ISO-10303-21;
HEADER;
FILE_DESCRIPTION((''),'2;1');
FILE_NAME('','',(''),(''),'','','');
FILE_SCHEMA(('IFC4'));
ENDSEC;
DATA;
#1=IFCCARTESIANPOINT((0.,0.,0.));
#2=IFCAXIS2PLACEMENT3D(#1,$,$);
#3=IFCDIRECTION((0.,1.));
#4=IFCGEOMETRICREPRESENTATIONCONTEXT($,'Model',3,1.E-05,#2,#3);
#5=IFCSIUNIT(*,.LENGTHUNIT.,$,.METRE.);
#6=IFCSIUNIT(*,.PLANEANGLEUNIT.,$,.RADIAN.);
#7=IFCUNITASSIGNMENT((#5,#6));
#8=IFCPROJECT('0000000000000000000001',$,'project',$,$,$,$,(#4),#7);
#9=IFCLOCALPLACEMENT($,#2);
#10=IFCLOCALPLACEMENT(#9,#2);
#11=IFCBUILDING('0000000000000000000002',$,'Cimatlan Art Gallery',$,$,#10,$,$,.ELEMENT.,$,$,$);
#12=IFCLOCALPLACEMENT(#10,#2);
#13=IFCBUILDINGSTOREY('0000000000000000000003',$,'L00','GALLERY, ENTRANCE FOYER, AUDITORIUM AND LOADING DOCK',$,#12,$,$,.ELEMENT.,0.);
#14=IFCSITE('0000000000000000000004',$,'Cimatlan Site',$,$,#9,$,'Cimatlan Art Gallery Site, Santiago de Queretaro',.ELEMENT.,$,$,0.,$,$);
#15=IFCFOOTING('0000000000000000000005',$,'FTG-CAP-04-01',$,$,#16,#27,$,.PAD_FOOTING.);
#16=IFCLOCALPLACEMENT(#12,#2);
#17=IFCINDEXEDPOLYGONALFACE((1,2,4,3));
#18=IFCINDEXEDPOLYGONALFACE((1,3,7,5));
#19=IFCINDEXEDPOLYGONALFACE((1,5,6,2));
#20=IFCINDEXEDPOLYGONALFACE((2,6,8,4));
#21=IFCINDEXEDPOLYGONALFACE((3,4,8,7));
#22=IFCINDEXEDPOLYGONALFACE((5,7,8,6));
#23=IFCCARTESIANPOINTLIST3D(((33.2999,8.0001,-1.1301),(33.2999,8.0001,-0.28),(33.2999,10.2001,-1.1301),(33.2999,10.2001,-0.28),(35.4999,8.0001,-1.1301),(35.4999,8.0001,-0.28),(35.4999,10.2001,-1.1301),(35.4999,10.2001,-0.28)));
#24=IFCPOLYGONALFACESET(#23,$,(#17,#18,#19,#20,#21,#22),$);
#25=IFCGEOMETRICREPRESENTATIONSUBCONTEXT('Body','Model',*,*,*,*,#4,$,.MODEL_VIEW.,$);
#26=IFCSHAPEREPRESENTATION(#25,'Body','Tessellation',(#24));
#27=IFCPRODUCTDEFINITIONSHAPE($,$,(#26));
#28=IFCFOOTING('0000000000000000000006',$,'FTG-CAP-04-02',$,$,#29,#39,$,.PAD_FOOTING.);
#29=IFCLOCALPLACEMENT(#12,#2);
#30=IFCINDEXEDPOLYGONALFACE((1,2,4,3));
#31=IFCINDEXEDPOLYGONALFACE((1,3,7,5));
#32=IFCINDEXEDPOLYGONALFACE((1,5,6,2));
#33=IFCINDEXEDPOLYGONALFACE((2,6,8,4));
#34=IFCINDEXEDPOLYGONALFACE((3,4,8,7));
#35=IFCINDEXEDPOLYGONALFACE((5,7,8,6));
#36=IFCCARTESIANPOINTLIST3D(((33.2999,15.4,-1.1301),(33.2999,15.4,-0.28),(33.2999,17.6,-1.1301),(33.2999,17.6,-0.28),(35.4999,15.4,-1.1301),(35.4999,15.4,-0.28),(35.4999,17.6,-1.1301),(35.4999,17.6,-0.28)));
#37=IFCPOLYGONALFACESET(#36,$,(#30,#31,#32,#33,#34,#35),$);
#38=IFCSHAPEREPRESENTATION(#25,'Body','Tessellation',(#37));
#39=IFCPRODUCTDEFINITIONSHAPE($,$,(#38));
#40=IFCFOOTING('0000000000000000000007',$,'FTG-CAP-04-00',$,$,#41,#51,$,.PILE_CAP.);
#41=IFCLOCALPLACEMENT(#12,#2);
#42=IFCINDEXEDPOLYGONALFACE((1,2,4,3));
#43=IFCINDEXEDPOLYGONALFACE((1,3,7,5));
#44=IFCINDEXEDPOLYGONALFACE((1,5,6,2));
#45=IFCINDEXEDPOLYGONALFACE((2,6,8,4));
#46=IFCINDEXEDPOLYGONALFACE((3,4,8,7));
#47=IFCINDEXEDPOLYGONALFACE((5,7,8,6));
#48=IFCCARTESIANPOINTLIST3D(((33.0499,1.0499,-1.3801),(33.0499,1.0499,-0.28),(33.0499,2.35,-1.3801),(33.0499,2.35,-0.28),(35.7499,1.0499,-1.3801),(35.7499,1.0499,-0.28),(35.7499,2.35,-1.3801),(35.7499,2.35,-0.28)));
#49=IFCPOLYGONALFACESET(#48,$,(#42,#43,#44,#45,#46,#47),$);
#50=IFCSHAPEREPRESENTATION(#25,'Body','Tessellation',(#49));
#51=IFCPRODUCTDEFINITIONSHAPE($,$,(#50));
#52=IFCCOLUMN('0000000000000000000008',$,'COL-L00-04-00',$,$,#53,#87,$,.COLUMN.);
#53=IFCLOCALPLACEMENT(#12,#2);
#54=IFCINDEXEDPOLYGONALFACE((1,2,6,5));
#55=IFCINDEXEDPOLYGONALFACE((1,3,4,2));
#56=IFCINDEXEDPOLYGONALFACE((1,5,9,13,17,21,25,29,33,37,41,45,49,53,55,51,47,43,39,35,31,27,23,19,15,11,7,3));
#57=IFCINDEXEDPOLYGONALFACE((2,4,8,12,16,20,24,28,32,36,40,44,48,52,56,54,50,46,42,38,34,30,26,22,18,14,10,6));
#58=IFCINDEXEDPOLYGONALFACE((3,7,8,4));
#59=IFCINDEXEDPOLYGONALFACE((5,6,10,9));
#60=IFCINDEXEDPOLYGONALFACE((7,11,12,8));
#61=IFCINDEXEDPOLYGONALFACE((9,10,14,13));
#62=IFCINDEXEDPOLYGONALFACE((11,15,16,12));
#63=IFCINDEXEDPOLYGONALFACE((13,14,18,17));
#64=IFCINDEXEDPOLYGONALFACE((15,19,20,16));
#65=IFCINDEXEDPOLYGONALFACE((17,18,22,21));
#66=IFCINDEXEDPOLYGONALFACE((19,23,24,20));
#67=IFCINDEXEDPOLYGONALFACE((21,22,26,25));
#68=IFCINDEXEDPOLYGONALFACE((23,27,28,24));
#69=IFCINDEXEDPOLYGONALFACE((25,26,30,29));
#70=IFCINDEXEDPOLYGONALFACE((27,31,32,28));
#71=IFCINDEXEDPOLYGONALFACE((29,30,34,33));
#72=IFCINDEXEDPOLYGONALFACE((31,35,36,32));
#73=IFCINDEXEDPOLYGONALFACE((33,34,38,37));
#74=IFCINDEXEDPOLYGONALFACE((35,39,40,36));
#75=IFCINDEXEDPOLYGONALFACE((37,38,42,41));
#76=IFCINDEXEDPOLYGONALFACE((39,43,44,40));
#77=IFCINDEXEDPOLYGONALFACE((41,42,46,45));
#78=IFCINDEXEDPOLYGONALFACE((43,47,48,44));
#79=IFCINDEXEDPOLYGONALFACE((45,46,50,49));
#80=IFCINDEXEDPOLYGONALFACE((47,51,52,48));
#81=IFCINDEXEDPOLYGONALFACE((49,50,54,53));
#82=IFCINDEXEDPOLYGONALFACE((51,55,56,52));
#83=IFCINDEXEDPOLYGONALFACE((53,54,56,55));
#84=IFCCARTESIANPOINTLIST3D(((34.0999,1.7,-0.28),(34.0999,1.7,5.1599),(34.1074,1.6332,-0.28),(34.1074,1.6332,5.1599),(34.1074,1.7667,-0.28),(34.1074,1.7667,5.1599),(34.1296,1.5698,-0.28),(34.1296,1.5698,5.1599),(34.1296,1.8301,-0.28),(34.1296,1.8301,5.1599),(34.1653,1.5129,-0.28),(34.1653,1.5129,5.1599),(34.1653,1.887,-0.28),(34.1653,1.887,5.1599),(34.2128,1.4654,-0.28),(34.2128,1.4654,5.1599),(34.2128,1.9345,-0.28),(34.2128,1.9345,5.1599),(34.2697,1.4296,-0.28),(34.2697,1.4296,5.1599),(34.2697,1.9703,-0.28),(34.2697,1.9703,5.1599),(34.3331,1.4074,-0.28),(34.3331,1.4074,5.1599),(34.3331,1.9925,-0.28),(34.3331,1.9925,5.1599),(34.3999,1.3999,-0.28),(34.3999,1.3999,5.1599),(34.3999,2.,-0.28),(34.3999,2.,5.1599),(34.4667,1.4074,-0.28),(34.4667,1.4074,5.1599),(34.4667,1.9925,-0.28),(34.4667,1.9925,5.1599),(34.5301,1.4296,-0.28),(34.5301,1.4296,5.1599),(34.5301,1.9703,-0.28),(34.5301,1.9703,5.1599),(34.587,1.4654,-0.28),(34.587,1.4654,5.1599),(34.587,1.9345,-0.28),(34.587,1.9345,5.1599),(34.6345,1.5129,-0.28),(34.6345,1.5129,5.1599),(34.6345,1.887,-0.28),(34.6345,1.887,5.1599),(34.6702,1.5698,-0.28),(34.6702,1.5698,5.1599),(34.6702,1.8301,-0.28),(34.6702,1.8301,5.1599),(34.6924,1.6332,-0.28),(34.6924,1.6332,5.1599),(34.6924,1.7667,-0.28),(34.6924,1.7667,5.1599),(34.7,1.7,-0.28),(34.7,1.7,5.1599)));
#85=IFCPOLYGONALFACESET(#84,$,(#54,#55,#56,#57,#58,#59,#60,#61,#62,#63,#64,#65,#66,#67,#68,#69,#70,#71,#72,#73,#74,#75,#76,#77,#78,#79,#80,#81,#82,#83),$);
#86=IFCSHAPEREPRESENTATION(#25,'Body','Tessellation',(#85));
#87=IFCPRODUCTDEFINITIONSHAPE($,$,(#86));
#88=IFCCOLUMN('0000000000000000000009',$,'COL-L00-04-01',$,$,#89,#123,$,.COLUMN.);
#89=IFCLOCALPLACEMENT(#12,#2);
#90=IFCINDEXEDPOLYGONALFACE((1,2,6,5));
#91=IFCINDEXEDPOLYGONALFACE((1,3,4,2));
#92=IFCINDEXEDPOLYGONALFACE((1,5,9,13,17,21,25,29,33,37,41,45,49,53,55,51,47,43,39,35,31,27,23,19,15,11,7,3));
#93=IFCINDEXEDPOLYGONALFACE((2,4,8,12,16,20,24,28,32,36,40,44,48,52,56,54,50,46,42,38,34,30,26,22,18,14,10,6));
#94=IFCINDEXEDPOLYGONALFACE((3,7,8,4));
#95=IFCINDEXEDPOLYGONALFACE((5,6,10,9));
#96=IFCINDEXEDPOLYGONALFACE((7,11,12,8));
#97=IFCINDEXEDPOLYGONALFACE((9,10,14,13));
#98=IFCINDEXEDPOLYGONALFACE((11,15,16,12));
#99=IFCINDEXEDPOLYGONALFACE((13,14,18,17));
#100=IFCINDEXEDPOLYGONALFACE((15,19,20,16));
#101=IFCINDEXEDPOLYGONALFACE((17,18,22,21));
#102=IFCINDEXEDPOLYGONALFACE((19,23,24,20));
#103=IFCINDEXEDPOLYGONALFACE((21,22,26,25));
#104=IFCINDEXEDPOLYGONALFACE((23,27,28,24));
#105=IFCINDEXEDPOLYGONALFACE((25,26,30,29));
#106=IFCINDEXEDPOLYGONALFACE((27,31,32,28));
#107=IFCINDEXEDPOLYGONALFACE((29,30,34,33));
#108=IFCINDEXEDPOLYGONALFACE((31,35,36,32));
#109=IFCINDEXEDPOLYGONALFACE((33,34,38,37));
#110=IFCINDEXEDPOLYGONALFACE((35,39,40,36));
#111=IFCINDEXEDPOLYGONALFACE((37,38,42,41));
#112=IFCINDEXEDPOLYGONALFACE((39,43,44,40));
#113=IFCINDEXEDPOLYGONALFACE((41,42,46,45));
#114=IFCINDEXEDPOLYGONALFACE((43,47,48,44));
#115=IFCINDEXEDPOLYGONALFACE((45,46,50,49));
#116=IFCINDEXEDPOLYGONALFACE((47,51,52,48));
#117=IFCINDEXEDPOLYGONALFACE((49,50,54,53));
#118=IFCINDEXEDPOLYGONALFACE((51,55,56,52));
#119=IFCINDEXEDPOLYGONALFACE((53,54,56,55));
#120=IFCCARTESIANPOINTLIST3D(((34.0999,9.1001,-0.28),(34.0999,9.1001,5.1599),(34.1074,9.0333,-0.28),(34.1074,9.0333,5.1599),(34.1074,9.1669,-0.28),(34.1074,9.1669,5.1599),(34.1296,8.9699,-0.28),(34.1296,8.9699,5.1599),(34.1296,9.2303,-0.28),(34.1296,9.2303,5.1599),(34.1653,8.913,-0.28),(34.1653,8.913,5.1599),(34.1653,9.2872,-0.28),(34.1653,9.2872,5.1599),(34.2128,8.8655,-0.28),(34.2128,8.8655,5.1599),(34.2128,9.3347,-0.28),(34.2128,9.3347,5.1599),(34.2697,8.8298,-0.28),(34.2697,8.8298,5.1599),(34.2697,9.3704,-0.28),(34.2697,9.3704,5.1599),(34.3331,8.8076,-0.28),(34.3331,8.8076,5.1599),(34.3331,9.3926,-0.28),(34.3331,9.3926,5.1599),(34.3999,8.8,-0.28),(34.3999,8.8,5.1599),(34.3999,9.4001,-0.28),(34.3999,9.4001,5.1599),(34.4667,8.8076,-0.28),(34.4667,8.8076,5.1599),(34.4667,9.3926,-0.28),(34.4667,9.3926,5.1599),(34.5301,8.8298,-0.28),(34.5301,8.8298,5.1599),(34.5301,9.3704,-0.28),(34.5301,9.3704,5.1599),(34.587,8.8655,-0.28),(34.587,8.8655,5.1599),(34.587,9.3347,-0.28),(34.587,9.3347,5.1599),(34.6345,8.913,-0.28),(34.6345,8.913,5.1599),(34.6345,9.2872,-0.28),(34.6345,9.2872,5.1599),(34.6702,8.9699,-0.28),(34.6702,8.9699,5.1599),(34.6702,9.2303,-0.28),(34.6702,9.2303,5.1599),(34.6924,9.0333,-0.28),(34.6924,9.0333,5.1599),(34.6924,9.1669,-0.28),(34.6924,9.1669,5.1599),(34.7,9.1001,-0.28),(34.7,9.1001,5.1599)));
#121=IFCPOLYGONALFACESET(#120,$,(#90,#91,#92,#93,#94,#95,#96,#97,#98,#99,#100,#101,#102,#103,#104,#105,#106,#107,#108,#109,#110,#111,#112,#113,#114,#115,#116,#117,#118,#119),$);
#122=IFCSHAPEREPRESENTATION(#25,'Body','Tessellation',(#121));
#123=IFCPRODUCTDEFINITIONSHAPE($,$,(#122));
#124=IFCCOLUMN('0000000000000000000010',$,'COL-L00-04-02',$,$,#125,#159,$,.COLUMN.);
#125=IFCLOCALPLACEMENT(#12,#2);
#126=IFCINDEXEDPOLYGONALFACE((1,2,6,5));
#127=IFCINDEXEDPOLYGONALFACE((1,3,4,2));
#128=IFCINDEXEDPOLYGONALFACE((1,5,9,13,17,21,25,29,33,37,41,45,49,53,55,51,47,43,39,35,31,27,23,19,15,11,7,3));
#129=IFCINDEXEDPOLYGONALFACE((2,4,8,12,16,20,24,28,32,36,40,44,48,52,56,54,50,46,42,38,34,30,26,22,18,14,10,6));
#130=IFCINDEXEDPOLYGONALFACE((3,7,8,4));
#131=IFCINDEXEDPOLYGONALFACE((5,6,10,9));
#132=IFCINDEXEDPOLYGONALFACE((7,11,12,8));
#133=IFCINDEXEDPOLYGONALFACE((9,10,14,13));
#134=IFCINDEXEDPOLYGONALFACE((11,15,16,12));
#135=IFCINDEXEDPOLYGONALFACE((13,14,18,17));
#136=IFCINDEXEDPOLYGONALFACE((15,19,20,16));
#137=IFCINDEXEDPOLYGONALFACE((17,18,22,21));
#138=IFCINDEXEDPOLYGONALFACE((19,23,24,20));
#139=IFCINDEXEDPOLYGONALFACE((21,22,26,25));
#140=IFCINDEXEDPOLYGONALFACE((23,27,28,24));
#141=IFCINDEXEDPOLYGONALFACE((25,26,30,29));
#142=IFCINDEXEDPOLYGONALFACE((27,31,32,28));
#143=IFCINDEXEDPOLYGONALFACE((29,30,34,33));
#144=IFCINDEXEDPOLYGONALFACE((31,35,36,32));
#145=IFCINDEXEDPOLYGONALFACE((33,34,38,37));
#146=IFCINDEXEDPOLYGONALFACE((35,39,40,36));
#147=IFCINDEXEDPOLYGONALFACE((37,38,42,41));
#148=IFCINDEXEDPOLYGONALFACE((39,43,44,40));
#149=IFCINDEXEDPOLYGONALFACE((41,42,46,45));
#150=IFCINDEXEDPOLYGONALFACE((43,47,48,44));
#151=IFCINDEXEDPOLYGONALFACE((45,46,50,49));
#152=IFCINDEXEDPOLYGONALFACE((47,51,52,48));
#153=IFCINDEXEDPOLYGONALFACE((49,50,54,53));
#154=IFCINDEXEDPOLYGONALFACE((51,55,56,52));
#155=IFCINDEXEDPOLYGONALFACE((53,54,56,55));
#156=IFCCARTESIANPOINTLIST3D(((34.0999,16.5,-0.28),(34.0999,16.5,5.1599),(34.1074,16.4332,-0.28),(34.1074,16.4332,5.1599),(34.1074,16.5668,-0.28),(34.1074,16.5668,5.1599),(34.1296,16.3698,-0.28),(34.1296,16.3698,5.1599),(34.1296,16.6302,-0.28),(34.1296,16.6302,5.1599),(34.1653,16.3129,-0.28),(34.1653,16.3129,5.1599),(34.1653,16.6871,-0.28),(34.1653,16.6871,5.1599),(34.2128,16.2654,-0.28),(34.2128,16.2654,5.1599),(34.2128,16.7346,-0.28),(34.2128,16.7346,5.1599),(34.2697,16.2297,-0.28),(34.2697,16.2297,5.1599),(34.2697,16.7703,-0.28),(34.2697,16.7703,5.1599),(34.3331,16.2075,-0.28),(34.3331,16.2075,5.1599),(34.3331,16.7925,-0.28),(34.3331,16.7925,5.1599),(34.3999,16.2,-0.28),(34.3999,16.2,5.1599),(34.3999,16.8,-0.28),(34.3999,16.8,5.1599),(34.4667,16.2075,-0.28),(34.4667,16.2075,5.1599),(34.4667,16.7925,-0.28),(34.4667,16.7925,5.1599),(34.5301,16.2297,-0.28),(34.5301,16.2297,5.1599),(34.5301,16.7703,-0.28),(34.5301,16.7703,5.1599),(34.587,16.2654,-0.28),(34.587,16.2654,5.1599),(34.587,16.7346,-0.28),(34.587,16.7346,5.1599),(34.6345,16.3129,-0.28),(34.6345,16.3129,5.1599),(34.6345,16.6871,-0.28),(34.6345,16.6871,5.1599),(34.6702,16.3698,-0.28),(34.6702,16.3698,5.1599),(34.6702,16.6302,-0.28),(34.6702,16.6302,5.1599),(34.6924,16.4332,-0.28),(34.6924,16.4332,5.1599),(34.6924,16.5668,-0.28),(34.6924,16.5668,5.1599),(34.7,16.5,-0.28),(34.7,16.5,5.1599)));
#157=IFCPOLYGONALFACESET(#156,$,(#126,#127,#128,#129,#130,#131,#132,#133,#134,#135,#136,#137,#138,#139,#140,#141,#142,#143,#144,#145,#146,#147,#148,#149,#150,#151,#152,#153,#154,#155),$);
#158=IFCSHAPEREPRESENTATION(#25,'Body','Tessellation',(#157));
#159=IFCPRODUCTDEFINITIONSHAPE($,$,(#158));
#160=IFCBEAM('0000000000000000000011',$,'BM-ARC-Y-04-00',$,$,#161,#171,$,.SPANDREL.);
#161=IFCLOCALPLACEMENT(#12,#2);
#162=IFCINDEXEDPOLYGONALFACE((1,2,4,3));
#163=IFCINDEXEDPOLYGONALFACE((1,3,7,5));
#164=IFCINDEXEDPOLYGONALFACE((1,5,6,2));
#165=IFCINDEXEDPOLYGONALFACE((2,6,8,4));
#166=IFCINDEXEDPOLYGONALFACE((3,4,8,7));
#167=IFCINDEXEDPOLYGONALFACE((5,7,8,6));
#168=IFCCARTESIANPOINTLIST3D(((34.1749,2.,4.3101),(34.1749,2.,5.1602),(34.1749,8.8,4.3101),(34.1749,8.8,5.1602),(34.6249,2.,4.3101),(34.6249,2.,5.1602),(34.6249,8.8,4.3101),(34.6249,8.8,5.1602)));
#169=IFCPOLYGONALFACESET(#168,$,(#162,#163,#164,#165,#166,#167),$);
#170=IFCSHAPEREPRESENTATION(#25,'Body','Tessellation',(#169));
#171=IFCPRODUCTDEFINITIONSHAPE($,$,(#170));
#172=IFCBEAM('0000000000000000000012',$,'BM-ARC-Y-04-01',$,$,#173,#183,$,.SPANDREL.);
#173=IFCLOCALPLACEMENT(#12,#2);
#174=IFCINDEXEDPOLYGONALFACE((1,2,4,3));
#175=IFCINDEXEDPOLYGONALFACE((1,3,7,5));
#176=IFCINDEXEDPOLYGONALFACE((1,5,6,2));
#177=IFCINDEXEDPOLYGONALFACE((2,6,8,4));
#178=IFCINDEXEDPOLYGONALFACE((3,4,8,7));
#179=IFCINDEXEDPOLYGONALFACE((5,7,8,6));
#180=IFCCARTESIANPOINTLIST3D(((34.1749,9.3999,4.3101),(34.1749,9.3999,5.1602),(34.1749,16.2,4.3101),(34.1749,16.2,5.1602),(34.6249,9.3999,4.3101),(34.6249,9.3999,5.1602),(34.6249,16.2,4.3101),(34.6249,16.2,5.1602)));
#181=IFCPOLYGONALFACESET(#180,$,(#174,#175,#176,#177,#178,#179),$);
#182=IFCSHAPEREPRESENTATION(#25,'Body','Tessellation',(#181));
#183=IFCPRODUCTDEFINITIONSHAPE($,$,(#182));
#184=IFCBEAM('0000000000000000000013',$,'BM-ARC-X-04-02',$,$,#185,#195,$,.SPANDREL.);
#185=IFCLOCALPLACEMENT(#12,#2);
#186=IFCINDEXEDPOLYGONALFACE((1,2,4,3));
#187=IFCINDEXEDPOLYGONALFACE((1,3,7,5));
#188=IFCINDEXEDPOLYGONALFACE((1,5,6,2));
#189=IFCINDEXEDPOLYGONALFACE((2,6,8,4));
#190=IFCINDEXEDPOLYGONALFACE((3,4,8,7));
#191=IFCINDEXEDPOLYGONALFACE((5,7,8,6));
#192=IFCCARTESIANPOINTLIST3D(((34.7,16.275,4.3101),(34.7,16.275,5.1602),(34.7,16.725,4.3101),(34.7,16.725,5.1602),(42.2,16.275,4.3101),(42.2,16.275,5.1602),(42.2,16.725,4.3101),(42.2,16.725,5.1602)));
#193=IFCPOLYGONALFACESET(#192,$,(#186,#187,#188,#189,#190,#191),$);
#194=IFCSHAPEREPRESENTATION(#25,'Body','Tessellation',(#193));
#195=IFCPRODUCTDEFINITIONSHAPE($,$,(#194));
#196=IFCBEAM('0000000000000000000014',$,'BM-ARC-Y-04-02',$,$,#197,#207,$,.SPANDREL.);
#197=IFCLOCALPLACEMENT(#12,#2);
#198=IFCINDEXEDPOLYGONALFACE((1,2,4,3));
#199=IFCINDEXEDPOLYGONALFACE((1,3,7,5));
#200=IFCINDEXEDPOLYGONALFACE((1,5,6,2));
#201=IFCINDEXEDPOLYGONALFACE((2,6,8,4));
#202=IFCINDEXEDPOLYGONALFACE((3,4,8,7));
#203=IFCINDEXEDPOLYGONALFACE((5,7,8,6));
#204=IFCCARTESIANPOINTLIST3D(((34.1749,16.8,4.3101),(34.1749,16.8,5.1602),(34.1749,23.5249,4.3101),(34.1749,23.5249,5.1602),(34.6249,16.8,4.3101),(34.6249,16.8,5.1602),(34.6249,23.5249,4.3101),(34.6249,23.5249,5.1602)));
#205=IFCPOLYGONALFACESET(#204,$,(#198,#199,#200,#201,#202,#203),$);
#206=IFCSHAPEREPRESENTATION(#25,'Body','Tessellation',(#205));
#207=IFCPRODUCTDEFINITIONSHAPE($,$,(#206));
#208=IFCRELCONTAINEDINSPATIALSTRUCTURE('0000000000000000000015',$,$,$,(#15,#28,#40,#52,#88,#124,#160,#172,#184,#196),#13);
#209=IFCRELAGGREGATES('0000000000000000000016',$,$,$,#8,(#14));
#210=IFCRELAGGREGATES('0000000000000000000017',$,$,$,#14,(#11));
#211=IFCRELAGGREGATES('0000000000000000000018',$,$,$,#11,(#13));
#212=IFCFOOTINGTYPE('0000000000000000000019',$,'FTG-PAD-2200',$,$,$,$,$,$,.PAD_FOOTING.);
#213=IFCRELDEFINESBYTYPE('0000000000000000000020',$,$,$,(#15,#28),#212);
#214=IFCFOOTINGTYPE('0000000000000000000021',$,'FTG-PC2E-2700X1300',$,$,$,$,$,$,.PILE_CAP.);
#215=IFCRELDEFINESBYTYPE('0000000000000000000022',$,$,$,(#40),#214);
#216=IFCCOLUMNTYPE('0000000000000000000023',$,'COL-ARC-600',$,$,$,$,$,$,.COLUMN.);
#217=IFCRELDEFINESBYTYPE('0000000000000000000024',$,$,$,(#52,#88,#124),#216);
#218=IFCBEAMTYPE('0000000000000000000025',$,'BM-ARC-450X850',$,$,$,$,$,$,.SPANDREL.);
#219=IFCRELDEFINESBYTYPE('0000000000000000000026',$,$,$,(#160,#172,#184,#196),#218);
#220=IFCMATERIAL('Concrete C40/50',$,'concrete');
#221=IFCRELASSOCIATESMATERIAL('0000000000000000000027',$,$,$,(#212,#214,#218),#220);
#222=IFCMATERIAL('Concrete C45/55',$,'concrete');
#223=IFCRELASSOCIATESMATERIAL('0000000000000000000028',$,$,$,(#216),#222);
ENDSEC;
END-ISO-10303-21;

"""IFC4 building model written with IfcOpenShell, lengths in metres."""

from ifc_helpers import new_model, si_unit, direction, frame, origin, origin_2d, place, context, subcontext, project, spatial, rectangle, circle, extrude, material, material_profile, profile_set, type_object, element, save


model = new_model("IFC4")

# Units and contexts
model_context = context("Model", 3, precision=1e-05, world=origin(), true_north=direction((0.0, 1.0)))
body_context = subcontext(model_context, "Body", "Model", "MODEL_VIEW")
ifc_project = project(units=[si_unit("LENGTHUNIT", "METRE"), si_unit("PLANEANGLEUNIT", "RADIAN")], contexts=[model_context])

# Site, building, storey
site_placement = place(None, origin())
site = spatial("IfcSite", under=ifc_project, at=site_placement, Name="Cimatlan Site", LongName="Cimatlan Art Gallery Site, Santiago de Queretaro", CompositionType="ELEMENT", RefElevation=0.0)
building_placement = place(site_placement, origin())
building = spatial("IfcBuilding", under=site, at=building_placement, Name="Cimatlan Art Gallery", CompositionType="ELEMENT")
storey_placement = place(building_placement, origin())
storey = spatial("IfcBuildingStorey", under=building, at=storey_placement, Name="L00", Description="GALLERY, ENTRANCE FOYER, AUDITORIUM AND LOADING DOCK", CompositionType="ELEMENT", Elevation=0.0)

# Footings
ifc_material_1 = material(Name="Concrete C40/50", Category="concrete")
footing_type_1 = type_object("IfcFootingType", Name="FTG-PAD-2200", PredefinedType="PAD_FOOTING", material=ifc_material_1)
for number, where, z_axis, x_axis, name in (
    (1, (34.3999, 9.1001, -1.1301), (0.0, 0.0, 1.0), (1.0, 0.0, 0.0), "FTG-CAP-04-01"),
    (2, (34.3999, 16.5, -1.1301), (0.0, 0.0, 1.0), (1.0, 0.0, 0.0), "FTG-CAP-04-02"),
):
    element("IfcFooting", number, at=place(storey_placement, frame(where, z_axis=z_axis, x_axis=x_axis)), inside=storey, type_object=footing_type_1, Name=name, PredefinedType="PAD_FOOTING", context=body_context, shape_type="SweptSolid", body=[
        extrude(rectangle(XDim=2.2, YDim=2.2, at=origin_2d()), origin(), (0.0, 0.0, 1.0), 0.8501),
    ])
footing_type_2 = type_object("IfcFootingType", Name="FTG-PC2E-2700X1300", PredefinedType="PILE_CAP", material=ifc_material_1)
footing_placement = place(storey_placement, frame((34.3999, 1.7, -1.3801), z_axis=(0.0, 0.0, 1.0), x_axis=(1.0, 0.0, 0.0)))
element("IfcFooting", 3, at=footing_placement, inside=storey, type_object=footing_type_2, Name="FTG-CAP-04-00", PredefinedType="PILE_CAP", context=body_context, shape_type="SweptSolid", body=[
    extrude(rectangle(XDim=2.7, YDim=1.3, at=origin_2d()), origin(), (0.0, 0.0, 1.0), 1.1001),
])

# Columns
ifc_material_2 = material(Name="Concrete C45/55", Category="concrete")
ifc_material_profile_1 = material_profile(ifc_material_2, circle(Radius=0.3, at=origin_2d()), Name="RCD600")
ifc_profile_set_1 = profile_set([ifc_material_profile_1], Name="Concrete C45/55")
column_type = type_object("IfcColumnType", Name="COL-ARC-600", PredefinedType="COLUMN", material=ifc_profile_set_1)
for number, where, z_axis, x_axis, name in (
    (4, (34.3999, 1.7, -0.28), (0.0, 0.0, 1.0), (1.0, 0.0, 0.0), "COL-L00-04-00"),
    (5, (34.3999, 9.1001, -0.28), (0.0, 0.0, 1.0), (1.0, 0.0, 0.0), "COL-L00-04-01"),
    (6, (34.3999, 16.5, -0.28), (0.0, 0.0, 1.0), (1.0, 0.0, 0.0), "COL-L00-04-02"),
):
    element("IfcColumn", number, at=place(storey_placement, frame(where, z_axis=z_axis, x_axis=x_axis)), inside=storey, type_object=column_type, Name=name, PredefinedType="COLUMN", context=body_context, shape_type="SweptSolid", body=[
        extrude(circle(Radius=0.3, at=origin_2d()), origin(), (0.0, 0.0, 1.0), 5.4399),
    ])

# Beams
ifc_material_profile_2 = material_profile(ifc_material_1, rectangle(XDim=0.45, YDim=0.8501, at=origin_2d()), Name="RC450X850")
ifc_profile_set_2 = profile_set([ifc_material_profile_2], Name="Concrete C40/50")
beam_type = type_object("IfcBeamType", Name="BM-ARC-450X850", PredefinedType="SPANDREL", material=ifc_profile_set_2)
for number, where, z_axis, x_axis, name in (
    (7, (34.3999, 2.0, 4.7351), (0.0, 1.0, 0.0), (-1.0, 0.0, 0.0), "BM-ARC-Y-04-00"),
    (8, (34.3999, 9.3999, 4.7351), (0.0, 1.0, 0.0), (-1.0, 0.0, 0.0), "BM-ARC-Y-04-01"),
):
    element("IfcBeam", number, at=place(storey_placement, frame(where, z_axis=z_axis, x_axis=x_axis)), inside=storey, type_object=beam_type, Name=name, PredefinedType="SPANDREL", context=body_context, shape_type="SweptSolid", body=[
        extrude(rectangle(XDim=0.45, YDim=0.8501, at=origin_2d()), origin(), (0.0, 0.0, 1.0), 6.8),
    ])
beam_1_placement = place(storey_placement, frame((34.7, 16.5, 4.7351), z_axis=(1.0, 0.0, 0.0), x_axis=(0.0, 1.0, 0.0)))
element("IfcBeam", 9, at=beam_1_placement, inside=storey, type_object=beam_type, Name="BM-ARC-X-04-02", PredefinedType="SPANDREL", context=body_context, shape_type="SweptSolid", body=[
    extrude(rectangle(XDim=0.45, YDim=0.8501, at=origin_2d()), origin(), (0.0, 0.0, 1.0), 7.5),
])
beam_2_placement = place(storey_placement, frame((34.3999, 16.8, 4.7351), z_axis=(0.0, 1.0, 0.0), x_axis=(-1.0, 0.0, 0.0)))
element("IfcBeam", 10, at=beam_2_placement, inside=storey, type_object=beam_type, Name="BM-ARC-Y-04-02", PredefinedType="SPANDREL", context=body_context, shape_type="SweptSolid", body=[
    extrude(rectangle(XDim=0.45, YDim=0.8501, at=origin_2d()), origin(), (0.0, 0.0, 1.0), 6.7249),
])

save(model, "model.ifc")
